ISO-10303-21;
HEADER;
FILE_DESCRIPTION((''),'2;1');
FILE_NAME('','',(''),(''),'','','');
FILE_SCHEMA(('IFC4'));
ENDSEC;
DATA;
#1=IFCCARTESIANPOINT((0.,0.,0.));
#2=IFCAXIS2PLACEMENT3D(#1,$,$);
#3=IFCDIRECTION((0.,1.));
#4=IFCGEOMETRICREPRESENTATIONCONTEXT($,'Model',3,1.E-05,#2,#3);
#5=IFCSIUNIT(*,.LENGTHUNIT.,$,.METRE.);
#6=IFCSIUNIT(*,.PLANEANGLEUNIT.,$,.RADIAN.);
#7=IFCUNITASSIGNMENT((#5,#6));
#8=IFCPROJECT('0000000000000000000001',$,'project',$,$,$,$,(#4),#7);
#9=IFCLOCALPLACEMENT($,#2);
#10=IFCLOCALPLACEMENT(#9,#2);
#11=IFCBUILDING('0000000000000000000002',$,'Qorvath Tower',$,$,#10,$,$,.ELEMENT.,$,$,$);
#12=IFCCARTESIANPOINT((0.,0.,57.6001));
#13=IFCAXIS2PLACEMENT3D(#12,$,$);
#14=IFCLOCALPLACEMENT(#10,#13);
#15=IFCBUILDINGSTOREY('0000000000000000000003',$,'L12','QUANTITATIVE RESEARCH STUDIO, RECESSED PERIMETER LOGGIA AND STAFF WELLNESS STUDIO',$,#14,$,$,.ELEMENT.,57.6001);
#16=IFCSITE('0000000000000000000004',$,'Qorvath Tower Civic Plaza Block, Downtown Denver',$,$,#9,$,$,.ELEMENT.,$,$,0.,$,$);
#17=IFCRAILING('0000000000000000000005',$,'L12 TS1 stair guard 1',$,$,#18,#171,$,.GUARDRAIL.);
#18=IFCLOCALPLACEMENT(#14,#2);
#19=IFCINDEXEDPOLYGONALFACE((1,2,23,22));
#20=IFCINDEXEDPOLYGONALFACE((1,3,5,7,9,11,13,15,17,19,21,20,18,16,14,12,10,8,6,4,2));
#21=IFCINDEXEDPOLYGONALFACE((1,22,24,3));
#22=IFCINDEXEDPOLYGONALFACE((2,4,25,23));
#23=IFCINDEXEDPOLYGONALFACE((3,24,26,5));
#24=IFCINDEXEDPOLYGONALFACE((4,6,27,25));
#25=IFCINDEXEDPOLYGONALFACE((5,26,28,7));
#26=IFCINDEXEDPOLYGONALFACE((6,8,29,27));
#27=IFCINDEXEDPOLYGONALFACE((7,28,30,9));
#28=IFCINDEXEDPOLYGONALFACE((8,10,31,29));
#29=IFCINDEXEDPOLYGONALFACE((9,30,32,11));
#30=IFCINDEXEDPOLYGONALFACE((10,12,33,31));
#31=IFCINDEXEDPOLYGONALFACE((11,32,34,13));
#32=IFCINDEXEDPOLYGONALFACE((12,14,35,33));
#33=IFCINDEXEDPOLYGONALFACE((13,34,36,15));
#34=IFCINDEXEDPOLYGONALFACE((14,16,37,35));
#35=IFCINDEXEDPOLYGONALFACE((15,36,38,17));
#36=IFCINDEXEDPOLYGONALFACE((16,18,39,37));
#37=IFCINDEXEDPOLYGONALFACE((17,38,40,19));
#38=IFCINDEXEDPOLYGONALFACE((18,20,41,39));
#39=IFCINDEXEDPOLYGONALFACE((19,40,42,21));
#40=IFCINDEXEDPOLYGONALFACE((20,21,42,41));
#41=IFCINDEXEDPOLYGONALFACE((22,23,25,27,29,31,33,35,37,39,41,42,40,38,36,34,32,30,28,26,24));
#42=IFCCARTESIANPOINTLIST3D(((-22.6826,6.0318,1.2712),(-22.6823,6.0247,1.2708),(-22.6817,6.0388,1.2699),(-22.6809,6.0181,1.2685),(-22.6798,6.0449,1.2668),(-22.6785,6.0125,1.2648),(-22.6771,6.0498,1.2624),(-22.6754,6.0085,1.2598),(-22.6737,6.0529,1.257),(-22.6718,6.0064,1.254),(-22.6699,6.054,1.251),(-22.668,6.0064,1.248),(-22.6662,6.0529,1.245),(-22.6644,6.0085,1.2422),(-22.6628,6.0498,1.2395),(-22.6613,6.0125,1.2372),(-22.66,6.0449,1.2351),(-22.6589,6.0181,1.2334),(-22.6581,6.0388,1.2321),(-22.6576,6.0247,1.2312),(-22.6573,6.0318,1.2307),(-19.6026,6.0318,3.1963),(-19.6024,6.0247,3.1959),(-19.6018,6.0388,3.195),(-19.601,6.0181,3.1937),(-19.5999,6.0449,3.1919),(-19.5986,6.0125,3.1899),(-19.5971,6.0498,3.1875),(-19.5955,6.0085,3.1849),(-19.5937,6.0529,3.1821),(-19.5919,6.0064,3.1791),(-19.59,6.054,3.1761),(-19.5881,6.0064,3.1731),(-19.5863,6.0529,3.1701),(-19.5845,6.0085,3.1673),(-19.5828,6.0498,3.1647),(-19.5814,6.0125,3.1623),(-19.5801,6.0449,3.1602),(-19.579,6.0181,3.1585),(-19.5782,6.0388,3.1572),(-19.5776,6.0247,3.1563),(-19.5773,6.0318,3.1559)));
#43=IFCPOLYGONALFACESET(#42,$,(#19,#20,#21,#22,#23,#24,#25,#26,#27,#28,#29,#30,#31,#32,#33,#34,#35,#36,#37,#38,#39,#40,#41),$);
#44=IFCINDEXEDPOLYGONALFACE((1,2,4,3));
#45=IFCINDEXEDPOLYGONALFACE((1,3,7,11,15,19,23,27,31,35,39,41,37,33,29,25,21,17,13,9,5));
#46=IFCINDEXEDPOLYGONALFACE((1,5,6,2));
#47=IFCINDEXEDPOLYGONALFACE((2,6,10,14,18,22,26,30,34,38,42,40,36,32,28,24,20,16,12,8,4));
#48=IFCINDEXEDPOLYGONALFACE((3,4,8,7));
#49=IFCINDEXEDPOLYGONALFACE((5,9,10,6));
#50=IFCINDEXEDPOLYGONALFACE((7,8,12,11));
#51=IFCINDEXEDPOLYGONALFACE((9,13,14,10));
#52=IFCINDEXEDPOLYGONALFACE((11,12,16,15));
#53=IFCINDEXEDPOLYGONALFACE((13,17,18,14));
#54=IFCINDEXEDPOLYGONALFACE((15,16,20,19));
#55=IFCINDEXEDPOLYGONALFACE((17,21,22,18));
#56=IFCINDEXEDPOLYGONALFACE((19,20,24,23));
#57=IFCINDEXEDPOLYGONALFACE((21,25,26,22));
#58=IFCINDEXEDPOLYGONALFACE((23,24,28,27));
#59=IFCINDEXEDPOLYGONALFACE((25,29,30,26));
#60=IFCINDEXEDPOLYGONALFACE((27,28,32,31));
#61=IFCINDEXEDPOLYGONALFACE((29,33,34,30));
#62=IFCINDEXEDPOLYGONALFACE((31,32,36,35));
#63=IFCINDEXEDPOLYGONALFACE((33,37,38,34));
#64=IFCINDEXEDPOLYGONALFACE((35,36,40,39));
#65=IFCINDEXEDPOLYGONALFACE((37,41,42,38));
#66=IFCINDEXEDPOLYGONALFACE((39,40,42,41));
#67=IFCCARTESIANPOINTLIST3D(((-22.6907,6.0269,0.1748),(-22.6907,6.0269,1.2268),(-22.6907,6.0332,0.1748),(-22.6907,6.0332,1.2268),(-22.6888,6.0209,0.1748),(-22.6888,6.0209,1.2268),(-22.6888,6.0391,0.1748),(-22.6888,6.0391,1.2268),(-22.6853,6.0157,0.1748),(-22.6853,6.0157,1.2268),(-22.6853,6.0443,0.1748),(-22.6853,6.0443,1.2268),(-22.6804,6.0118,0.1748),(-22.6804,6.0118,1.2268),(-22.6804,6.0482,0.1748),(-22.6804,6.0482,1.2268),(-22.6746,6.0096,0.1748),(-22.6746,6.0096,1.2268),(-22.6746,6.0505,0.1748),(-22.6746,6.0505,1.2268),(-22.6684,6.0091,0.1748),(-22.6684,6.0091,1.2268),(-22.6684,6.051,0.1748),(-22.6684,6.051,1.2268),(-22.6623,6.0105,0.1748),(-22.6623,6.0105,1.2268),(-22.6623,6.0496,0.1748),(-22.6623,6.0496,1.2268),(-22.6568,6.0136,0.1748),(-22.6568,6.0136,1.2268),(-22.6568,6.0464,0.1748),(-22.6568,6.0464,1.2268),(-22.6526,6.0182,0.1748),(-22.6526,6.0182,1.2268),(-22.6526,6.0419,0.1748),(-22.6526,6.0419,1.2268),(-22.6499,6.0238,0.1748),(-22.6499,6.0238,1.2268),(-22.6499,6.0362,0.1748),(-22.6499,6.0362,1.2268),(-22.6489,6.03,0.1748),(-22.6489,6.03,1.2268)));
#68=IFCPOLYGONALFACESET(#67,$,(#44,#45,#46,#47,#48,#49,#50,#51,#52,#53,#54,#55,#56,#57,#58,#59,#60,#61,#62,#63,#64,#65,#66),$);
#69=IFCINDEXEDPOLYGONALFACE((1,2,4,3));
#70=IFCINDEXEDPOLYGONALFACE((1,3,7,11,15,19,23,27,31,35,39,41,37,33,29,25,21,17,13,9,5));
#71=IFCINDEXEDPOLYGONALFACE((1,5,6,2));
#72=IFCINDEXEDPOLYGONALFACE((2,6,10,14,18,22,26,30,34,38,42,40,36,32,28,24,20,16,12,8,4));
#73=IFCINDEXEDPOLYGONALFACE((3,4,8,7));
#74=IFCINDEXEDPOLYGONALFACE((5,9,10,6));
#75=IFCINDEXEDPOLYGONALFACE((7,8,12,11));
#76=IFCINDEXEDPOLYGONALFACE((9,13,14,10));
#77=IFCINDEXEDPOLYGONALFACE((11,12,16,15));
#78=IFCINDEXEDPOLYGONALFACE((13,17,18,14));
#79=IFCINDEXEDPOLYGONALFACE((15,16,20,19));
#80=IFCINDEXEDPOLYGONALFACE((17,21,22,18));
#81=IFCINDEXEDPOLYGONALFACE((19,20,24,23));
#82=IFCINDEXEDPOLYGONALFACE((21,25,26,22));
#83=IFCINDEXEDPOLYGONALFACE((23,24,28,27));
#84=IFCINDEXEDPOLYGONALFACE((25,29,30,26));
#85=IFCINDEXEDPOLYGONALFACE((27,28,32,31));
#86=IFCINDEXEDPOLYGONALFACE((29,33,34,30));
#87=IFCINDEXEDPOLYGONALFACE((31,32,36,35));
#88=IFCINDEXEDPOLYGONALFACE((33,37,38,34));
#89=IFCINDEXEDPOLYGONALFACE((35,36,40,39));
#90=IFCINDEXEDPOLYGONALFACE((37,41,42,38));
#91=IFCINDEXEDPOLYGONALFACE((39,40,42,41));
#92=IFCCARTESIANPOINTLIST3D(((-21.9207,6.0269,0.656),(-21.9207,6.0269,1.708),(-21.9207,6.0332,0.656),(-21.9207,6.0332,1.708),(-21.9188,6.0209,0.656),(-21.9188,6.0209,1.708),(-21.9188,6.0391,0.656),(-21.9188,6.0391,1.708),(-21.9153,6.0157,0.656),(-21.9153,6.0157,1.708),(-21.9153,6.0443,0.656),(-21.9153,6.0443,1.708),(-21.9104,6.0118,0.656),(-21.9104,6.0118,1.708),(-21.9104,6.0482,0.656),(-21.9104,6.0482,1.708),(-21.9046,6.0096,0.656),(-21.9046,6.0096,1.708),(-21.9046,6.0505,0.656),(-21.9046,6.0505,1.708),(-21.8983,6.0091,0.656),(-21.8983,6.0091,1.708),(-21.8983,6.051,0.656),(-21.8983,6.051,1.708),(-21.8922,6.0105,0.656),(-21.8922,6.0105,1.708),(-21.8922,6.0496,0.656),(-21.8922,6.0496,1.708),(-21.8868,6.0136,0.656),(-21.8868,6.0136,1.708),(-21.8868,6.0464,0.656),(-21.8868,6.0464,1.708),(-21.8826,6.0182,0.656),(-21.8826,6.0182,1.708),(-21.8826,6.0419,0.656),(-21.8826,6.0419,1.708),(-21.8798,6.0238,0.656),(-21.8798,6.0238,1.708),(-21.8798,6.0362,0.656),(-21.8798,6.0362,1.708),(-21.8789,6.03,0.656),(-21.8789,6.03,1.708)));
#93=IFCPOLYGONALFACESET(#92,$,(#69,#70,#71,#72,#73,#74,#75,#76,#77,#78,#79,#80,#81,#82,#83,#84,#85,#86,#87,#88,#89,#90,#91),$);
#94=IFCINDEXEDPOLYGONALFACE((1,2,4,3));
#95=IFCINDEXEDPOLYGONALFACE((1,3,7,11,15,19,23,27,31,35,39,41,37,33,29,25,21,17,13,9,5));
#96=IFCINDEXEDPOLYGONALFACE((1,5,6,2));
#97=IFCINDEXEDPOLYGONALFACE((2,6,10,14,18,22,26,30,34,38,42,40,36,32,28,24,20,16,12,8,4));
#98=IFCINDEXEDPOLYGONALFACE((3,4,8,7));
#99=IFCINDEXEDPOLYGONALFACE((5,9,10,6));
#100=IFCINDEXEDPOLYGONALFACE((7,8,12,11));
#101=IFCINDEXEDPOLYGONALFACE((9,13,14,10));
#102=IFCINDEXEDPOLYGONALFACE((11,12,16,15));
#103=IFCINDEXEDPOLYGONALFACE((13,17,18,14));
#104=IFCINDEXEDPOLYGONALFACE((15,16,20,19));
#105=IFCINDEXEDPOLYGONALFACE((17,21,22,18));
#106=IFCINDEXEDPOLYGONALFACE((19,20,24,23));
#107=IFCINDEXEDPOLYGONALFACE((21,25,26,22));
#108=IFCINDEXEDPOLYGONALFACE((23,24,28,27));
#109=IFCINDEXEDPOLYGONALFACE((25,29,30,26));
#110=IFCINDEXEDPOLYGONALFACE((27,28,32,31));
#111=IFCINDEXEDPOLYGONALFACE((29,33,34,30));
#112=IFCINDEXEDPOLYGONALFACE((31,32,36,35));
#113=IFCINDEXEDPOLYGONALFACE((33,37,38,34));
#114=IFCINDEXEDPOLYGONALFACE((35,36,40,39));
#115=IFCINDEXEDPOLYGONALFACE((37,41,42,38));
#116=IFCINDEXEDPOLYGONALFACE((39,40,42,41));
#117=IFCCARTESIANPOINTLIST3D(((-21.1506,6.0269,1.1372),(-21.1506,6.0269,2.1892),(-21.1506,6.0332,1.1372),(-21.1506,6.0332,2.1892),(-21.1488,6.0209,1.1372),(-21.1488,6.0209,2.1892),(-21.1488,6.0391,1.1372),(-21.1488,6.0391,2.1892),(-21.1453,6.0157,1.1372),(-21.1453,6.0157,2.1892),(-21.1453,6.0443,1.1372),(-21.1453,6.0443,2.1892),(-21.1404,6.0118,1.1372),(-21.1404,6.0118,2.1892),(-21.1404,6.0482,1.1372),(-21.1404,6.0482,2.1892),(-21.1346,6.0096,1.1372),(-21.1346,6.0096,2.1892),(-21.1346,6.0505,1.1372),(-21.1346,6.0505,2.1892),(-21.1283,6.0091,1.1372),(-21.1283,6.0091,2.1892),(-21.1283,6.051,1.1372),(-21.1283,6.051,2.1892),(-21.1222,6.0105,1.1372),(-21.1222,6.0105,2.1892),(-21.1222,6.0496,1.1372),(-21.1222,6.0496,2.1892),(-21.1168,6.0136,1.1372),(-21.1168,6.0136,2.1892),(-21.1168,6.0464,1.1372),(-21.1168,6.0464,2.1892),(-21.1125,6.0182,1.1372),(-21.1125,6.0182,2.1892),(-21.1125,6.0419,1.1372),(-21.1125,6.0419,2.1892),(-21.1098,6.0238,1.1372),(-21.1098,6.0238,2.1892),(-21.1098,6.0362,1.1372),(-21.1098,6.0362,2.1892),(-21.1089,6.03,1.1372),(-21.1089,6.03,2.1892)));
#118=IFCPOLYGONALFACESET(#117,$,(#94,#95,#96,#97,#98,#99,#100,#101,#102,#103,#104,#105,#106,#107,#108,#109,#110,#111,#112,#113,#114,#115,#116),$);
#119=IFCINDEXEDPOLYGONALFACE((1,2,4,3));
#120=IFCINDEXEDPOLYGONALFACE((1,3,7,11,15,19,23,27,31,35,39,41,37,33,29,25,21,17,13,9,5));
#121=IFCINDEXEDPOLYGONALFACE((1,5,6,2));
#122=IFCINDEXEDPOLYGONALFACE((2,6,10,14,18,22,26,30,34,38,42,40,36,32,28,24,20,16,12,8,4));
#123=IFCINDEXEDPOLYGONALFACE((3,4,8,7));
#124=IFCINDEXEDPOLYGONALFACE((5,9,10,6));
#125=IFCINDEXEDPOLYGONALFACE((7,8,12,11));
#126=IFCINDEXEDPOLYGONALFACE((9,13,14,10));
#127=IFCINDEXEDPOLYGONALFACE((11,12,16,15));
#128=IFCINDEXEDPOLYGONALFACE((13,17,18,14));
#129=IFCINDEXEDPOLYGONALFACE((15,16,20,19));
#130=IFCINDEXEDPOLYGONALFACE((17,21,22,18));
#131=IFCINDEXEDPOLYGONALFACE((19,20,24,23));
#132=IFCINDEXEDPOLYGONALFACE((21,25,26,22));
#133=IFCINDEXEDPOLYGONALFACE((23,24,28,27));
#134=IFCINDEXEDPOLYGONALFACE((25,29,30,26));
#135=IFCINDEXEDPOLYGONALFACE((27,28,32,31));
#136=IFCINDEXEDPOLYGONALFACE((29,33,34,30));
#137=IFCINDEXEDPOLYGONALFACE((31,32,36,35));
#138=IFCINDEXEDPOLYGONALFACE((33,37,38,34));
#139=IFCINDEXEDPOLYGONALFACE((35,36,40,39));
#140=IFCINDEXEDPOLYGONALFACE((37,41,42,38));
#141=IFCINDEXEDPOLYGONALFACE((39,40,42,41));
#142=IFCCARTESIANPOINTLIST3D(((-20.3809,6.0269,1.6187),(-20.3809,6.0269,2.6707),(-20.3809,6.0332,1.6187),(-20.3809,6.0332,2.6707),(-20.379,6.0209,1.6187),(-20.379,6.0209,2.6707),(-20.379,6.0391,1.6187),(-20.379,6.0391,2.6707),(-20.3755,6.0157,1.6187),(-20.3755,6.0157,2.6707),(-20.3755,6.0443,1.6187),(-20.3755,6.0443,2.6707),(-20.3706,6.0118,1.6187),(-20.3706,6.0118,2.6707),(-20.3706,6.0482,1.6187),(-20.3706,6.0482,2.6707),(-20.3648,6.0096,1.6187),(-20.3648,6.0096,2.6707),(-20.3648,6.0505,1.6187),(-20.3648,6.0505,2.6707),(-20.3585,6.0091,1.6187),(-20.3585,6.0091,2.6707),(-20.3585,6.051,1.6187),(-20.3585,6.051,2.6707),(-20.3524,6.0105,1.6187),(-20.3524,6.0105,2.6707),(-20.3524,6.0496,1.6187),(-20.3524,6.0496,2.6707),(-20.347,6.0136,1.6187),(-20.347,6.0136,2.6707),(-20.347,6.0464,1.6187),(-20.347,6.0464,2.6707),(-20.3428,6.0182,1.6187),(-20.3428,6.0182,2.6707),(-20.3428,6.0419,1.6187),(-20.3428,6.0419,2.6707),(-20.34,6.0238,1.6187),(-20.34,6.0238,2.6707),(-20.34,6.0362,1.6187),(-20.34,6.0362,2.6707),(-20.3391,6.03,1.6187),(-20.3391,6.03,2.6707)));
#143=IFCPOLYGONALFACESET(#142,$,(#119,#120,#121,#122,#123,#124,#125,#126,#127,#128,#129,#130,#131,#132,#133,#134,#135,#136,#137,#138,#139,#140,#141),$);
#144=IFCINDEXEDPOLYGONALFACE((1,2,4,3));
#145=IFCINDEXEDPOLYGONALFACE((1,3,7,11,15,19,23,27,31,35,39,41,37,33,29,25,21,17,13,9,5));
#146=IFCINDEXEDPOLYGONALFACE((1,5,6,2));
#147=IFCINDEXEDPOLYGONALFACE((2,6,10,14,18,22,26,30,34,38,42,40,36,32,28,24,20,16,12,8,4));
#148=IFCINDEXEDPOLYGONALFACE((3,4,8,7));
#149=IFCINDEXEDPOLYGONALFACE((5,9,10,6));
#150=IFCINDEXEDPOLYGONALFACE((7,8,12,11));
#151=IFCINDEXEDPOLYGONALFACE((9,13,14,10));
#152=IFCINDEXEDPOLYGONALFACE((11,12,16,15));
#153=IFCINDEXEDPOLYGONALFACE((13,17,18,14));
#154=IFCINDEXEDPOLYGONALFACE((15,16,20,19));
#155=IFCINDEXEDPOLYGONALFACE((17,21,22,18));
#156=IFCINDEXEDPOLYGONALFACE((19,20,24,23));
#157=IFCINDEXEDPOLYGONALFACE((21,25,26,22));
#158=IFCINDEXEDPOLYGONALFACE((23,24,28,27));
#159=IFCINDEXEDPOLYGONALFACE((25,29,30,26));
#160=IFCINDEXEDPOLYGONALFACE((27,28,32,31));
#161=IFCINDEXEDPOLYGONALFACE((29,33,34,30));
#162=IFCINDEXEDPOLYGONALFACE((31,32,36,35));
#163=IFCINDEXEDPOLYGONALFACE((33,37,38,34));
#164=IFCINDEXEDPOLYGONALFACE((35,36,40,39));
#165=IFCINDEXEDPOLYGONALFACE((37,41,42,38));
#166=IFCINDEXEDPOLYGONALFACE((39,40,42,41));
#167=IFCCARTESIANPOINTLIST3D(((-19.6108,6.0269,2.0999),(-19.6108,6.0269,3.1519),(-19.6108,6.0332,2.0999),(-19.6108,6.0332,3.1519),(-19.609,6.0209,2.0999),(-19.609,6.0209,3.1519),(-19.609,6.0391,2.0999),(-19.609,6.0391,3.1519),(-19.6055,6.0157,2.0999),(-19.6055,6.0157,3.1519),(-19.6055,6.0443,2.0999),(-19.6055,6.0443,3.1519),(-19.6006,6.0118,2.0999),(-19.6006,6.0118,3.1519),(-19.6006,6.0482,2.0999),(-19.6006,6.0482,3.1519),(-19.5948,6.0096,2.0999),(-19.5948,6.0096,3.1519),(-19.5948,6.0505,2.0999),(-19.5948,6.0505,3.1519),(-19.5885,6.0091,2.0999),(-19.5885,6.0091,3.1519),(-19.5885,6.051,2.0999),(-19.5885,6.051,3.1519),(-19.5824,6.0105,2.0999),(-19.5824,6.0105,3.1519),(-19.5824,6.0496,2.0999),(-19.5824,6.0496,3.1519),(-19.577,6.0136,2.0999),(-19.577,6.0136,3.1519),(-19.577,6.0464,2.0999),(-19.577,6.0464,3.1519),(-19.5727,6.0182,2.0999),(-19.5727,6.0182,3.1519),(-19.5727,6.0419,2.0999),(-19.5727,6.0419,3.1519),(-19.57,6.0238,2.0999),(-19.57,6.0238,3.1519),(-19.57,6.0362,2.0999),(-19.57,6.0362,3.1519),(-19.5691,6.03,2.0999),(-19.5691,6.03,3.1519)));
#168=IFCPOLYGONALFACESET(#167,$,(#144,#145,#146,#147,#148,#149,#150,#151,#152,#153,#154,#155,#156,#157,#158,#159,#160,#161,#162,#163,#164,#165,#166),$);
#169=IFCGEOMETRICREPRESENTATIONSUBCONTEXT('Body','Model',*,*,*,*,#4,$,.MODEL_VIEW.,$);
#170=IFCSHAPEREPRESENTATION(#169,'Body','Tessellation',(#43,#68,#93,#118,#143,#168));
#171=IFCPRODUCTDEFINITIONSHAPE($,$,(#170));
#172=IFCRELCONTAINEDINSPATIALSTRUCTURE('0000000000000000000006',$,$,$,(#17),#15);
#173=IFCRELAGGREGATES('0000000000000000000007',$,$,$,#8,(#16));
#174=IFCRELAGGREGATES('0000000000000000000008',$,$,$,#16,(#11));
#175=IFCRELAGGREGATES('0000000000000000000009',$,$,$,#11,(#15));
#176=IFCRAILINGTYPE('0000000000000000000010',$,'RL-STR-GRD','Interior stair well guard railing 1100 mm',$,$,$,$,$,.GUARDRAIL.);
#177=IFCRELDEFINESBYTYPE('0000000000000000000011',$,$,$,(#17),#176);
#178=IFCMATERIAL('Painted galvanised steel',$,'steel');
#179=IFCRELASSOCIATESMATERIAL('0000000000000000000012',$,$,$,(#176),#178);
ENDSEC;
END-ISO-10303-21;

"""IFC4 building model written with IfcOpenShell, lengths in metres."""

from ifc_helpers import new_model, si_unit, direction, frame, origin, origin_2d, place, context, subcontext, project, spatial, circle, extrude, material, type_object, element, save


model = new_model("IFC4")

# Units and contexts
model_context = context("Model", 3, precision=1e-05, world=origin(), true_north=direction((0.0, 1.0)))
body_context = subcontext(model_context, "Body", "Model", "MODEL_VIEW")
ifc_project = project(units=[si_unit("LENGTHUNIT", "METRE"), si_unit("PLANEANGLEUNIT", "RADIAN")], contexts=[model_context])

# Site, building, storey
site_placement = place(None, origin())
site = spatial("IfcSite", under=ifc_project, at=site_placement, Name="Qorvath Tower Civic Plaza Block, Downtown Denver", CompositionType="ELEMENT", RefElevation=0.0)
building_placement = place(site_placement, origin())
building = spatial("IfcBuilding", under=site, at=building_placement, Name="Qorvath Tower", CompositionType="ELEMENT")
storey_placement = place(building_placement, frame((0.0, 0.0, 57.6001)))
storey = spatial("IfcBuildingStorey", under=building, at=storey_placement, Name="L12", Description="QUANTITATIVE RESEARCH STUDIO, RECESSED PERIMETER LOGGIA AND STAFF WELLNESS STUDIO", CompositionType="ELEMENT", Elevation=57.6001)

# Railing
ifc_material_1 = material(Name="Painted galvanised steel", Category="steel")
railing_type_1 = type_object("IfcRailingType", Name="RL-STR-GRD", Description="Interior stair well guard railing 1100 mm", PredefinedType="GUARDRAIL", material=ifc_material_1)
railing_1_placement = place(storey_placement, frame((-22.6699, 6.03, 0.1748)))
element("IfcRailing", 1, at=railing_1_placement, inside=storey, type_object=railing_type_1, Name="L12 TS1 stair guard 1", PredefinedType="GUARDRAIL", context=body_context, shape_type="SweptSolid", body=[
    extrude(circle(Radius=0.0239, at=origin_2d()), frame((0.0, 0.0, 1.0762), z_axis=(0.847979, 0.0, 0.530029), x_axis=(0.0, 1.0, 0.0)), (0.0, 0.0, 1.0), 3.6321),
    extrude(circle(Radius=0.021, at=origin_2d()), origin(), (0.0, 0.0, 1.0), 1.052),
    extrude(circle(Radius=0.021, at=origin_2d()), frame((0.77, 0.0, 0.4812)), (0.0, 0.0, 1.0), 1.052),
    extrude(circle(Radius=0.021, at=origin_2d()), frame((1.54, 0.0, 0.9624)), (0.0, 0.0, 1.0), 1.052),
    extrude(circle(Radius=0.021, at=origin_2d()), frame((2.3098, 0.0, 1.4438)), (0.0, 0.0, 1.0), 1.052),
    extrude(circle(Radius=0.021, at=origin_2d()), frame((3.0798, 0.0, 1.925)), (0.0, 0.0, 1.0), 1.052),
])

save(model, "model.ifc")
